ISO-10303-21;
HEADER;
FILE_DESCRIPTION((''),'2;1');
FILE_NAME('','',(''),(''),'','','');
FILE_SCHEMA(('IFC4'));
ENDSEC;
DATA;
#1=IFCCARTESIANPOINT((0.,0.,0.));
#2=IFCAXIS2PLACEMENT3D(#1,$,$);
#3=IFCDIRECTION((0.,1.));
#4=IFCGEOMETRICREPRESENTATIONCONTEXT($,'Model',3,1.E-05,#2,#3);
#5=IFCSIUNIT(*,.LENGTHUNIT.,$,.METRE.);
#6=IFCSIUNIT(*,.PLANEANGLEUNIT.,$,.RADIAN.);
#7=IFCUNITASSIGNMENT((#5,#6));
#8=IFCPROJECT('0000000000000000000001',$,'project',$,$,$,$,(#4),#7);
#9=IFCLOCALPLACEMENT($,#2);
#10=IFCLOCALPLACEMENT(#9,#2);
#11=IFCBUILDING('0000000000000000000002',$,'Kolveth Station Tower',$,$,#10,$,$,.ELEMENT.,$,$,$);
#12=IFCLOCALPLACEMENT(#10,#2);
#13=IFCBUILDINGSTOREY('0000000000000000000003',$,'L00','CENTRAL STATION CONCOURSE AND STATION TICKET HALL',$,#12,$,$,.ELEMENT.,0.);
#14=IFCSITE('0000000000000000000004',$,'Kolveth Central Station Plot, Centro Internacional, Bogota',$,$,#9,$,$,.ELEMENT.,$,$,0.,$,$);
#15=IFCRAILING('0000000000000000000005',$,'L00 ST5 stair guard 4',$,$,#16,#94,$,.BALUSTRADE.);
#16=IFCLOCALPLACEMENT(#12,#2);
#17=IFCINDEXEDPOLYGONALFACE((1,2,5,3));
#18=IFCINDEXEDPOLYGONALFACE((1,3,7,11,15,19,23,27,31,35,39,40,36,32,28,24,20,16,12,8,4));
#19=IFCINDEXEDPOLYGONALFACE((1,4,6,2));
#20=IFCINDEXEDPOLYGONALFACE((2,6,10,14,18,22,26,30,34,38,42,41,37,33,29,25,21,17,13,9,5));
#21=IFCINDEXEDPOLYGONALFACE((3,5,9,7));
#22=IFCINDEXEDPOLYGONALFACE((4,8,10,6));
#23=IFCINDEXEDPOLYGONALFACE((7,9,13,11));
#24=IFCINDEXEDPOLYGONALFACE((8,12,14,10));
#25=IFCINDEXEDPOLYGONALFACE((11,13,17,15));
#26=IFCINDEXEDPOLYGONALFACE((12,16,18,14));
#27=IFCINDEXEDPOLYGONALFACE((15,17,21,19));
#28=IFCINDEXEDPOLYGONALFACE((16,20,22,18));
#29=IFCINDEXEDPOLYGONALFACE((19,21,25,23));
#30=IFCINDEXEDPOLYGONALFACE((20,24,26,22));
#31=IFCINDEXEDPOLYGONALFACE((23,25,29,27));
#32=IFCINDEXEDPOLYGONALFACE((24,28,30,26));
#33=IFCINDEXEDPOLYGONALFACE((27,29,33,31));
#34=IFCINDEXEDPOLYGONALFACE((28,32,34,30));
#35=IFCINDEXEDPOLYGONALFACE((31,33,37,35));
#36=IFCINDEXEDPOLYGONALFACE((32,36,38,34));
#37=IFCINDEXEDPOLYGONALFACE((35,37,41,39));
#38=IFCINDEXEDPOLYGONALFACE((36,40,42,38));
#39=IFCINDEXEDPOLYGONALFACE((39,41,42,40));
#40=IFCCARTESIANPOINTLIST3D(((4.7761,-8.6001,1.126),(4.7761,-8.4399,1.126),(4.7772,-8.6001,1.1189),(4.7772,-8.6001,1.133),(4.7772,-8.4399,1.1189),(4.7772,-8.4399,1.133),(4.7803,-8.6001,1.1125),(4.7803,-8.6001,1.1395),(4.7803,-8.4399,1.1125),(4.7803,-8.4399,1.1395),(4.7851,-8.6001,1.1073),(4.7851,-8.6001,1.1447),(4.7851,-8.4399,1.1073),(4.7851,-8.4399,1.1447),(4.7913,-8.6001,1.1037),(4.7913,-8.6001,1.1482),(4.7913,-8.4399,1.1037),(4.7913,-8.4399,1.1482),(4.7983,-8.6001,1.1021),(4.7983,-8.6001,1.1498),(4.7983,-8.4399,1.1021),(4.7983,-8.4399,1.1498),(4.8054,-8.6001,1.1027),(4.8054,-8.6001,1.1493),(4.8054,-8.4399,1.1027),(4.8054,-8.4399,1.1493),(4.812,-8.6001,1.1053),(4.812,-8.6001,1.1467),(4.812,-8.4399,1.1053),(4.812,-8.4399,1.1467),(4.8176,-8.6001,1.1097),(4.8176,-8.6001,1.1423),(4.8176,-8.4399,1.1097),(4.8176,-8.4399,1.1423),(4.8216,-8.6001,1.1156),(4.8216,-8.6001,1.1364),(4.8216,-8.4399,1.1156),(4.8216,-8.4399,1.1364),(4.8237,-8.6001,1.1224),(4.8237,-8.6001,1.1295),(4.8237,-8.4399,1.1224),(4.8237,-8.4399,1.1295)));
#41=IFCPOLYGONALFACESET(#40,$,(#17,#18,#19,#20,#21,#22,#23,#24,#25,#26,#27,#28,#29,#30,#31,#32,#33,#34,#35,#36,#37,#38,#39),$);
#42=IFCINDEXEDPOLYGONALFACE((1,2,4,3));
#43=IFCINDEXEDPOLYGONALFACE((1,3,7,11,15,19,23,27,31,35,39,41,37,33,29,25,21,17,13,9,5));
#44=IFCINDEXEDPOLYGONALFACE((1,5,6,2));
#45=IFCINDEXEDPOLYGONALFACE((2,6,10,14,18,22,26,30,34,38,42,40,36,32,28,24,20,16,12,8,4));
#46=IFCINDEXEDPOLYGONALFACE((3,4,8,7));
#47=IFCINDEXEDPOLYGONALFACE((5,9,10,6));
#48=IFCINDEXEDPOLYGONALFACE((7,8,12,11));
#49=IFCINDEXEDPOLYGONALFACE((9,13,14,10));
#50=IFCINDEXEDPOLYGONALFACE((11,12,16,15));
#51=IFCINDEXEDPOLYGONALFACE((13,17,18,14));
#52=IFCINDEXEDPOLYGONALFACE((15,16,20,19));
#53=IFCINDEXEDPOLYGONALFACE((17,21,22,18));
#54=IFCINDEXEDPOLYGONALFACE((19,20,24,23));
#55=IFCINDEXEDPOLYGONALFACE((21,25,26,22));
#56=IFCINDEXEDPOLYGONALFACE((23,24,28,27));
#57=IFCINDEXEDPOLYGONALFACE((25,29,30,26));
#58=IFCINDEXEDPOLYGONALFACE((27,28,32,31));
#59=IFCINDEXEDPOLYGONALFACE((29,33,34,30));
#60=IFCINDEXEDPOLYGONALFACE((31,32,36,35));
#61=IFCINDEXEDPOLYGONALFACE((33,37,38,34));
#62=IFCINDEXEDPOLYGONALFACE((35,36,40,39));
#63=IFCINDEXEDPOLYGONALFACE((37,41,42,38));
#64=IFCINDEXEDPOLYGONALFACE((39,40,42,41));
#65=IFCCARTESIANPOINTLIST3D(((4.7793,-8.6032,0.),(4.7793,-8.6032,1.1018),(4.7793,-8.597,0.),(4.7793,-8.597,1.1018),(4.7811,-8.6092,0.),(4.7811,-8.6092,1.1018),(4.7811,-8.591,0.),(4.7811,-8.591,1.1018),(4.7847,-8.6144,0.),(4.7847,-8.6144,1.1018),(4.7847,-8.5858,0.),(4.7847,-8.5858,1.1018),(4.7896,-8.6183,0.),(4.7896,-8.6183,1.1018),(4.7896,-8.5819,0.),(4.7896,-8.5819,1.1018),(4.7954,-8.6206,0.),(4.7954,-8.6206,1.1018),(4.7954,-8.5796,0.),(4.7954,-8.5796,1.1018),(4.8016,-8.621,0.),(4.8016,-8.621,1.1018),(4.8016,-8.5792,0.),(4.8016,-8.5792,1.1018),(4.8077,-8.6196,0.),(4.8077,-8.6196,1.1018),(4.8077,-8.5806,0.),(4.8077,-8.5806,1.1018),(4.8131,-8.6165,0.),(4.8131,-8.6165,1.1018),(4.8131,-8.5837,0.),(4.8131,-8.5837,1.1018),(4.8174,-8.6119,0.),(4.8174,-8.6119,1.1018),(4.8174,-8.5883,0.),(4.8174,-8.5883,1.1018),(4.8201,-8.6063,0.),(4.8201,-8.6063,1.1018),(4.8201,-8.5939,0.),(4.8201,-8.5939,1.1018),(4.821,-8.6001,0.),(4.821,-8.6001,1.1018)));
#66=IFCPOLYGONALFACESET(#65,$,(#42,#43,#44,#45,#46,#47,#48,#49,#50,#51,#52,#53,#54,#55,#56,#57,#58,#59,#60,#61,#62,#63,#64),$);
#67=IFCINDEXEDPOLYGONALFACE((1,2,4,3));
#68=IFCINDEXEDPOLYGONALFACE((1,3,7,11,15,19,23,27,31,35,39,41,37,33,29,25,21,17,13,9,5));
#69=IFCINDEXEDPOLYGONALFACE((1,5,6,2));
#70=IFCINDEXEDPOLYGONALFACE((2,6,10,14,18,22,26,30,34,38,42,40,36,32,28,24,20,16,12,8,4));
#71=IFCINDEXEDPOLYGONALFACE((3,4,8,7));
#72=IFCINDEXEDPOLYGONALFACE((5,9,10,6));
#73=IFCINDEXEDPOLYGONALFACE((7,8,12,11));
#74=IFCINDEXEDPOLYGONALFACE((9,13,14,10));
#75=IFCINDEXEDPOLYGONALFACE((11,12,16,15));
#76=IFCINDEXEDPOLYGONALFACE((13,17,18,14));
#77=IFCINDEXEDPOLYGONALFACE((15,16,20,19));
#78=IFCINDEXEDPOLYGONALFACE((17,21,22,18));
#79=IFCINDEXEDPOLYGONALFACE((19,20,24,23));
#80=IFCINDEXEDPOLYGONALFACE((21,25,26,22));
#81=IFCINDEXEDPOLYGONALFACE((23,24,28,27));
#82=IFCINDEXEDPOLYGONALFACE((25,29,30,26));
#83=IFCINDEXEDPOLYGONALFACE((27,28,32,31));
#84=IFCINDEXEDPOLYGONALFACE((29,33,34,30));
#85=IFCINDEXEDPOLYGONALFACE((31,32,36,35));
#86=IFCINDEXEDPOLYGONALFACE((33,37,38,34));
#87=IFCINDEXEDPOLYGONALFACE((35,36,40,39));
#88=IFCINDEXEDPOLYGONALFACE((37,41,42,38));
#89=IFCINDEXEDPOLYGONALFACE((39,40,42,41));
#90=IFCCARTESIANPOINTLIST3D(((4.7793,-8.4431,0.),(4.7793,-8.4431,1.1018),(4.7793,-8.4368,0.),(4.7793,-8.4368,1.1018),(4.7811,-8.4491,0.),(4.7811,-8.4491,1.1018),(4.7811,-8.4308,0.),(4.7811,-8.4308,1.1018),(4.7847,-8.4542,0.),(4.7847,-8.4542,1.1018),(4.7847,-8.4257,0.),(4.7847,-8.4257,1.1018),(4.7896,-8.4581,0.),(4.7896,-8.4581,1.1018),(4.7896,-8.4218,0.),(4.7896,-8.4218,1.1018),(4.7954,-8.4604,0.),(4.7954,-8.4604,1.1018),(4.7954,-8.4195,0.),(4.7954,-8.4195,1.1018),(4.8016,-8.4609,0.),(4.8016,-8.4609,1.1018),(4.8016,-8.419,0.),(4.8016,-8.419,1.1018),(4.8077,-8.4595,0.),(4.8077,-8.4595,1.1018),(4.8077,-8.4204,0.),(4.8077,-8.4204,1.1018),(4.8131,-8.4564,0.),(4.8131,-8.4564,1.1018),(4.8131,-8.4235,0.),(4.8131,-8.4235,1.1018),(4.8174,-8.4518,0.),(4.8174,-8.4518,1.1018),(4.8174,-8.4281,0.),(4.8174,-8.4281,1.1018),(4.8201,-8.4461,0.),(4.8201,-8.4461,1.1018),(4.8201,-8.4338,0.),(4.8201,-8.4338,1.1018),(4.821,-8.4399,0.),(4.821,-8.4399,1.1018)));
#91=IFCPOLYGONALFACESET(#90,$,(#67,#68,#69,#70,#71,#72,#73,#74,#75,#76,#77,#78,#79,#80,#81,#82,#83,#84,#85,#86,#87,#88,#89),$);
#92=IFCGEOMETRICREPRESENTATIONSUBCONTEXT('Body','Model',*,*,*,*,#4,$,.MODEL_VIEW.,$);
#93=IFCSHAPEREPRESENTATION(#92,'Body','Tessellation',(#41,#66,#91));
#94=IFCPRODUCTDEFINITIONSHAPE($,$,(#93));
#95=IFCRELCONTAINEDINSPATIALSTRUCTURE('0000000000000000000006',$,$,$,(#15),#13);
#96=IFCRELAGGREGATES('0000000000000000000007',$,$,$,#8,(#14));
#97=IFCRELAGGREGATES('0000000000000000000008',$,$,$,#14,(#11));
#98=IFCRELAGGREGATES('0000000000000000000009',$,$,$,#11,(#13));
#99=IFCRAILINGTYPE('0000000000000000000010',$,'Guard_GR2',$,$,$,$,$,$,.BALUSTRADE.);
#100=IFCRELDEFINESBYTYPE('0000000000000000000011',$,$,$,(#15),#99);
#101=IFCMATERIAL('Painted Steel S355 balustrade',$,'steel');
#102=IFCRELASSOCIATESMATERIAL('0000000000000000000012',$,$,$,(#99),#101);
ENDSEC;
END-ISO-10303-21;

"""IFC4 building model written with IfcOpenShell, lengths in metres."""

from ifc_helpers import new_model, si_unit, direction, frame, origin, origin_2d, place, context, subcontext, project, spatial, circle, extrude, material, type_object, element, save


model = new_model("IFC4")

# Units and contexts
model_context = context("Model", 3, precision=1e-05, world=origin(), true_north=direction((0.0, 1.0)))
body_context = subcontext(model_context, "Body", "Model", "MODEL_VIEW")
ifc_project = project(units=[si_unit("LENGTHUNIT", "METRE"), si_unit("PLANEANGLEUNIT", "RADIAN")], contexts=[model_context])

# Site, building, storey
site_placement = place(None, origin())
site = spatial("IfcSite", under=ifc_project, at=site_placement, Name="Kolveth Central Station Plot, Centro Internacional, Bogota", CompositionType="ELEMENT", RefElevation=0.0)
building_placement = place(site_placement, origin())
building = spatial("IfcBuilding", under=site, at=building_placement, Name="Kolveth Station Tower", CompositionType="ELEMENT")
storey_placement = place(building_placement, origin())
storey = spatial("IfcBuildingStorey", under=building, at=storey_placement, Name="L00", Description="CENTRAL STATION CONCOURSE AND STATION TICKET HALL", CompositionType="ELEMENT", Elevation=0.0)

# Railing
ifc_material_1 = material(Name="Painted Steel S355 balustrade", Category="steel")
railing_type_1 = type_object("IfcRailingType", Name="Guard_GR2", PredefinedType="BALUSTRADE", material=ifc_material_1)
railing_1_placement = place(storey_placement, frame((4.8, -8.6001, 0.0)))
element("IfcRailing", 1, at=railing_1_placement, inside=storey, type_object=railing_type_1, Name="L00 ST5 stair guard 4", PredefinedType="BALUSTRADE", context=body_context, shape_type="SweptSolid", body=[
    extrude(circle(Radius=0.0239, at=origin_2d()), frame((0.0, 0.0, 1.126), z_axis=(0.0, 1.0, 0.0), x_axis=(-1.0, 0.0, 0.0)), (0.0, 0.0, 1.0), 0.1602),
    extrude(circle(Radius=0.021, at=origin_2d()), origin(), (0.0, 0.0, 1.0), 1.1018),
    extrude(circle(Radius=0.021, at=origin_2d()), frame((0.0, 0.1602, 0.0)), (0.0, 0.0, 1.0), 1.1018),
])

save(model, "model.ifc")
